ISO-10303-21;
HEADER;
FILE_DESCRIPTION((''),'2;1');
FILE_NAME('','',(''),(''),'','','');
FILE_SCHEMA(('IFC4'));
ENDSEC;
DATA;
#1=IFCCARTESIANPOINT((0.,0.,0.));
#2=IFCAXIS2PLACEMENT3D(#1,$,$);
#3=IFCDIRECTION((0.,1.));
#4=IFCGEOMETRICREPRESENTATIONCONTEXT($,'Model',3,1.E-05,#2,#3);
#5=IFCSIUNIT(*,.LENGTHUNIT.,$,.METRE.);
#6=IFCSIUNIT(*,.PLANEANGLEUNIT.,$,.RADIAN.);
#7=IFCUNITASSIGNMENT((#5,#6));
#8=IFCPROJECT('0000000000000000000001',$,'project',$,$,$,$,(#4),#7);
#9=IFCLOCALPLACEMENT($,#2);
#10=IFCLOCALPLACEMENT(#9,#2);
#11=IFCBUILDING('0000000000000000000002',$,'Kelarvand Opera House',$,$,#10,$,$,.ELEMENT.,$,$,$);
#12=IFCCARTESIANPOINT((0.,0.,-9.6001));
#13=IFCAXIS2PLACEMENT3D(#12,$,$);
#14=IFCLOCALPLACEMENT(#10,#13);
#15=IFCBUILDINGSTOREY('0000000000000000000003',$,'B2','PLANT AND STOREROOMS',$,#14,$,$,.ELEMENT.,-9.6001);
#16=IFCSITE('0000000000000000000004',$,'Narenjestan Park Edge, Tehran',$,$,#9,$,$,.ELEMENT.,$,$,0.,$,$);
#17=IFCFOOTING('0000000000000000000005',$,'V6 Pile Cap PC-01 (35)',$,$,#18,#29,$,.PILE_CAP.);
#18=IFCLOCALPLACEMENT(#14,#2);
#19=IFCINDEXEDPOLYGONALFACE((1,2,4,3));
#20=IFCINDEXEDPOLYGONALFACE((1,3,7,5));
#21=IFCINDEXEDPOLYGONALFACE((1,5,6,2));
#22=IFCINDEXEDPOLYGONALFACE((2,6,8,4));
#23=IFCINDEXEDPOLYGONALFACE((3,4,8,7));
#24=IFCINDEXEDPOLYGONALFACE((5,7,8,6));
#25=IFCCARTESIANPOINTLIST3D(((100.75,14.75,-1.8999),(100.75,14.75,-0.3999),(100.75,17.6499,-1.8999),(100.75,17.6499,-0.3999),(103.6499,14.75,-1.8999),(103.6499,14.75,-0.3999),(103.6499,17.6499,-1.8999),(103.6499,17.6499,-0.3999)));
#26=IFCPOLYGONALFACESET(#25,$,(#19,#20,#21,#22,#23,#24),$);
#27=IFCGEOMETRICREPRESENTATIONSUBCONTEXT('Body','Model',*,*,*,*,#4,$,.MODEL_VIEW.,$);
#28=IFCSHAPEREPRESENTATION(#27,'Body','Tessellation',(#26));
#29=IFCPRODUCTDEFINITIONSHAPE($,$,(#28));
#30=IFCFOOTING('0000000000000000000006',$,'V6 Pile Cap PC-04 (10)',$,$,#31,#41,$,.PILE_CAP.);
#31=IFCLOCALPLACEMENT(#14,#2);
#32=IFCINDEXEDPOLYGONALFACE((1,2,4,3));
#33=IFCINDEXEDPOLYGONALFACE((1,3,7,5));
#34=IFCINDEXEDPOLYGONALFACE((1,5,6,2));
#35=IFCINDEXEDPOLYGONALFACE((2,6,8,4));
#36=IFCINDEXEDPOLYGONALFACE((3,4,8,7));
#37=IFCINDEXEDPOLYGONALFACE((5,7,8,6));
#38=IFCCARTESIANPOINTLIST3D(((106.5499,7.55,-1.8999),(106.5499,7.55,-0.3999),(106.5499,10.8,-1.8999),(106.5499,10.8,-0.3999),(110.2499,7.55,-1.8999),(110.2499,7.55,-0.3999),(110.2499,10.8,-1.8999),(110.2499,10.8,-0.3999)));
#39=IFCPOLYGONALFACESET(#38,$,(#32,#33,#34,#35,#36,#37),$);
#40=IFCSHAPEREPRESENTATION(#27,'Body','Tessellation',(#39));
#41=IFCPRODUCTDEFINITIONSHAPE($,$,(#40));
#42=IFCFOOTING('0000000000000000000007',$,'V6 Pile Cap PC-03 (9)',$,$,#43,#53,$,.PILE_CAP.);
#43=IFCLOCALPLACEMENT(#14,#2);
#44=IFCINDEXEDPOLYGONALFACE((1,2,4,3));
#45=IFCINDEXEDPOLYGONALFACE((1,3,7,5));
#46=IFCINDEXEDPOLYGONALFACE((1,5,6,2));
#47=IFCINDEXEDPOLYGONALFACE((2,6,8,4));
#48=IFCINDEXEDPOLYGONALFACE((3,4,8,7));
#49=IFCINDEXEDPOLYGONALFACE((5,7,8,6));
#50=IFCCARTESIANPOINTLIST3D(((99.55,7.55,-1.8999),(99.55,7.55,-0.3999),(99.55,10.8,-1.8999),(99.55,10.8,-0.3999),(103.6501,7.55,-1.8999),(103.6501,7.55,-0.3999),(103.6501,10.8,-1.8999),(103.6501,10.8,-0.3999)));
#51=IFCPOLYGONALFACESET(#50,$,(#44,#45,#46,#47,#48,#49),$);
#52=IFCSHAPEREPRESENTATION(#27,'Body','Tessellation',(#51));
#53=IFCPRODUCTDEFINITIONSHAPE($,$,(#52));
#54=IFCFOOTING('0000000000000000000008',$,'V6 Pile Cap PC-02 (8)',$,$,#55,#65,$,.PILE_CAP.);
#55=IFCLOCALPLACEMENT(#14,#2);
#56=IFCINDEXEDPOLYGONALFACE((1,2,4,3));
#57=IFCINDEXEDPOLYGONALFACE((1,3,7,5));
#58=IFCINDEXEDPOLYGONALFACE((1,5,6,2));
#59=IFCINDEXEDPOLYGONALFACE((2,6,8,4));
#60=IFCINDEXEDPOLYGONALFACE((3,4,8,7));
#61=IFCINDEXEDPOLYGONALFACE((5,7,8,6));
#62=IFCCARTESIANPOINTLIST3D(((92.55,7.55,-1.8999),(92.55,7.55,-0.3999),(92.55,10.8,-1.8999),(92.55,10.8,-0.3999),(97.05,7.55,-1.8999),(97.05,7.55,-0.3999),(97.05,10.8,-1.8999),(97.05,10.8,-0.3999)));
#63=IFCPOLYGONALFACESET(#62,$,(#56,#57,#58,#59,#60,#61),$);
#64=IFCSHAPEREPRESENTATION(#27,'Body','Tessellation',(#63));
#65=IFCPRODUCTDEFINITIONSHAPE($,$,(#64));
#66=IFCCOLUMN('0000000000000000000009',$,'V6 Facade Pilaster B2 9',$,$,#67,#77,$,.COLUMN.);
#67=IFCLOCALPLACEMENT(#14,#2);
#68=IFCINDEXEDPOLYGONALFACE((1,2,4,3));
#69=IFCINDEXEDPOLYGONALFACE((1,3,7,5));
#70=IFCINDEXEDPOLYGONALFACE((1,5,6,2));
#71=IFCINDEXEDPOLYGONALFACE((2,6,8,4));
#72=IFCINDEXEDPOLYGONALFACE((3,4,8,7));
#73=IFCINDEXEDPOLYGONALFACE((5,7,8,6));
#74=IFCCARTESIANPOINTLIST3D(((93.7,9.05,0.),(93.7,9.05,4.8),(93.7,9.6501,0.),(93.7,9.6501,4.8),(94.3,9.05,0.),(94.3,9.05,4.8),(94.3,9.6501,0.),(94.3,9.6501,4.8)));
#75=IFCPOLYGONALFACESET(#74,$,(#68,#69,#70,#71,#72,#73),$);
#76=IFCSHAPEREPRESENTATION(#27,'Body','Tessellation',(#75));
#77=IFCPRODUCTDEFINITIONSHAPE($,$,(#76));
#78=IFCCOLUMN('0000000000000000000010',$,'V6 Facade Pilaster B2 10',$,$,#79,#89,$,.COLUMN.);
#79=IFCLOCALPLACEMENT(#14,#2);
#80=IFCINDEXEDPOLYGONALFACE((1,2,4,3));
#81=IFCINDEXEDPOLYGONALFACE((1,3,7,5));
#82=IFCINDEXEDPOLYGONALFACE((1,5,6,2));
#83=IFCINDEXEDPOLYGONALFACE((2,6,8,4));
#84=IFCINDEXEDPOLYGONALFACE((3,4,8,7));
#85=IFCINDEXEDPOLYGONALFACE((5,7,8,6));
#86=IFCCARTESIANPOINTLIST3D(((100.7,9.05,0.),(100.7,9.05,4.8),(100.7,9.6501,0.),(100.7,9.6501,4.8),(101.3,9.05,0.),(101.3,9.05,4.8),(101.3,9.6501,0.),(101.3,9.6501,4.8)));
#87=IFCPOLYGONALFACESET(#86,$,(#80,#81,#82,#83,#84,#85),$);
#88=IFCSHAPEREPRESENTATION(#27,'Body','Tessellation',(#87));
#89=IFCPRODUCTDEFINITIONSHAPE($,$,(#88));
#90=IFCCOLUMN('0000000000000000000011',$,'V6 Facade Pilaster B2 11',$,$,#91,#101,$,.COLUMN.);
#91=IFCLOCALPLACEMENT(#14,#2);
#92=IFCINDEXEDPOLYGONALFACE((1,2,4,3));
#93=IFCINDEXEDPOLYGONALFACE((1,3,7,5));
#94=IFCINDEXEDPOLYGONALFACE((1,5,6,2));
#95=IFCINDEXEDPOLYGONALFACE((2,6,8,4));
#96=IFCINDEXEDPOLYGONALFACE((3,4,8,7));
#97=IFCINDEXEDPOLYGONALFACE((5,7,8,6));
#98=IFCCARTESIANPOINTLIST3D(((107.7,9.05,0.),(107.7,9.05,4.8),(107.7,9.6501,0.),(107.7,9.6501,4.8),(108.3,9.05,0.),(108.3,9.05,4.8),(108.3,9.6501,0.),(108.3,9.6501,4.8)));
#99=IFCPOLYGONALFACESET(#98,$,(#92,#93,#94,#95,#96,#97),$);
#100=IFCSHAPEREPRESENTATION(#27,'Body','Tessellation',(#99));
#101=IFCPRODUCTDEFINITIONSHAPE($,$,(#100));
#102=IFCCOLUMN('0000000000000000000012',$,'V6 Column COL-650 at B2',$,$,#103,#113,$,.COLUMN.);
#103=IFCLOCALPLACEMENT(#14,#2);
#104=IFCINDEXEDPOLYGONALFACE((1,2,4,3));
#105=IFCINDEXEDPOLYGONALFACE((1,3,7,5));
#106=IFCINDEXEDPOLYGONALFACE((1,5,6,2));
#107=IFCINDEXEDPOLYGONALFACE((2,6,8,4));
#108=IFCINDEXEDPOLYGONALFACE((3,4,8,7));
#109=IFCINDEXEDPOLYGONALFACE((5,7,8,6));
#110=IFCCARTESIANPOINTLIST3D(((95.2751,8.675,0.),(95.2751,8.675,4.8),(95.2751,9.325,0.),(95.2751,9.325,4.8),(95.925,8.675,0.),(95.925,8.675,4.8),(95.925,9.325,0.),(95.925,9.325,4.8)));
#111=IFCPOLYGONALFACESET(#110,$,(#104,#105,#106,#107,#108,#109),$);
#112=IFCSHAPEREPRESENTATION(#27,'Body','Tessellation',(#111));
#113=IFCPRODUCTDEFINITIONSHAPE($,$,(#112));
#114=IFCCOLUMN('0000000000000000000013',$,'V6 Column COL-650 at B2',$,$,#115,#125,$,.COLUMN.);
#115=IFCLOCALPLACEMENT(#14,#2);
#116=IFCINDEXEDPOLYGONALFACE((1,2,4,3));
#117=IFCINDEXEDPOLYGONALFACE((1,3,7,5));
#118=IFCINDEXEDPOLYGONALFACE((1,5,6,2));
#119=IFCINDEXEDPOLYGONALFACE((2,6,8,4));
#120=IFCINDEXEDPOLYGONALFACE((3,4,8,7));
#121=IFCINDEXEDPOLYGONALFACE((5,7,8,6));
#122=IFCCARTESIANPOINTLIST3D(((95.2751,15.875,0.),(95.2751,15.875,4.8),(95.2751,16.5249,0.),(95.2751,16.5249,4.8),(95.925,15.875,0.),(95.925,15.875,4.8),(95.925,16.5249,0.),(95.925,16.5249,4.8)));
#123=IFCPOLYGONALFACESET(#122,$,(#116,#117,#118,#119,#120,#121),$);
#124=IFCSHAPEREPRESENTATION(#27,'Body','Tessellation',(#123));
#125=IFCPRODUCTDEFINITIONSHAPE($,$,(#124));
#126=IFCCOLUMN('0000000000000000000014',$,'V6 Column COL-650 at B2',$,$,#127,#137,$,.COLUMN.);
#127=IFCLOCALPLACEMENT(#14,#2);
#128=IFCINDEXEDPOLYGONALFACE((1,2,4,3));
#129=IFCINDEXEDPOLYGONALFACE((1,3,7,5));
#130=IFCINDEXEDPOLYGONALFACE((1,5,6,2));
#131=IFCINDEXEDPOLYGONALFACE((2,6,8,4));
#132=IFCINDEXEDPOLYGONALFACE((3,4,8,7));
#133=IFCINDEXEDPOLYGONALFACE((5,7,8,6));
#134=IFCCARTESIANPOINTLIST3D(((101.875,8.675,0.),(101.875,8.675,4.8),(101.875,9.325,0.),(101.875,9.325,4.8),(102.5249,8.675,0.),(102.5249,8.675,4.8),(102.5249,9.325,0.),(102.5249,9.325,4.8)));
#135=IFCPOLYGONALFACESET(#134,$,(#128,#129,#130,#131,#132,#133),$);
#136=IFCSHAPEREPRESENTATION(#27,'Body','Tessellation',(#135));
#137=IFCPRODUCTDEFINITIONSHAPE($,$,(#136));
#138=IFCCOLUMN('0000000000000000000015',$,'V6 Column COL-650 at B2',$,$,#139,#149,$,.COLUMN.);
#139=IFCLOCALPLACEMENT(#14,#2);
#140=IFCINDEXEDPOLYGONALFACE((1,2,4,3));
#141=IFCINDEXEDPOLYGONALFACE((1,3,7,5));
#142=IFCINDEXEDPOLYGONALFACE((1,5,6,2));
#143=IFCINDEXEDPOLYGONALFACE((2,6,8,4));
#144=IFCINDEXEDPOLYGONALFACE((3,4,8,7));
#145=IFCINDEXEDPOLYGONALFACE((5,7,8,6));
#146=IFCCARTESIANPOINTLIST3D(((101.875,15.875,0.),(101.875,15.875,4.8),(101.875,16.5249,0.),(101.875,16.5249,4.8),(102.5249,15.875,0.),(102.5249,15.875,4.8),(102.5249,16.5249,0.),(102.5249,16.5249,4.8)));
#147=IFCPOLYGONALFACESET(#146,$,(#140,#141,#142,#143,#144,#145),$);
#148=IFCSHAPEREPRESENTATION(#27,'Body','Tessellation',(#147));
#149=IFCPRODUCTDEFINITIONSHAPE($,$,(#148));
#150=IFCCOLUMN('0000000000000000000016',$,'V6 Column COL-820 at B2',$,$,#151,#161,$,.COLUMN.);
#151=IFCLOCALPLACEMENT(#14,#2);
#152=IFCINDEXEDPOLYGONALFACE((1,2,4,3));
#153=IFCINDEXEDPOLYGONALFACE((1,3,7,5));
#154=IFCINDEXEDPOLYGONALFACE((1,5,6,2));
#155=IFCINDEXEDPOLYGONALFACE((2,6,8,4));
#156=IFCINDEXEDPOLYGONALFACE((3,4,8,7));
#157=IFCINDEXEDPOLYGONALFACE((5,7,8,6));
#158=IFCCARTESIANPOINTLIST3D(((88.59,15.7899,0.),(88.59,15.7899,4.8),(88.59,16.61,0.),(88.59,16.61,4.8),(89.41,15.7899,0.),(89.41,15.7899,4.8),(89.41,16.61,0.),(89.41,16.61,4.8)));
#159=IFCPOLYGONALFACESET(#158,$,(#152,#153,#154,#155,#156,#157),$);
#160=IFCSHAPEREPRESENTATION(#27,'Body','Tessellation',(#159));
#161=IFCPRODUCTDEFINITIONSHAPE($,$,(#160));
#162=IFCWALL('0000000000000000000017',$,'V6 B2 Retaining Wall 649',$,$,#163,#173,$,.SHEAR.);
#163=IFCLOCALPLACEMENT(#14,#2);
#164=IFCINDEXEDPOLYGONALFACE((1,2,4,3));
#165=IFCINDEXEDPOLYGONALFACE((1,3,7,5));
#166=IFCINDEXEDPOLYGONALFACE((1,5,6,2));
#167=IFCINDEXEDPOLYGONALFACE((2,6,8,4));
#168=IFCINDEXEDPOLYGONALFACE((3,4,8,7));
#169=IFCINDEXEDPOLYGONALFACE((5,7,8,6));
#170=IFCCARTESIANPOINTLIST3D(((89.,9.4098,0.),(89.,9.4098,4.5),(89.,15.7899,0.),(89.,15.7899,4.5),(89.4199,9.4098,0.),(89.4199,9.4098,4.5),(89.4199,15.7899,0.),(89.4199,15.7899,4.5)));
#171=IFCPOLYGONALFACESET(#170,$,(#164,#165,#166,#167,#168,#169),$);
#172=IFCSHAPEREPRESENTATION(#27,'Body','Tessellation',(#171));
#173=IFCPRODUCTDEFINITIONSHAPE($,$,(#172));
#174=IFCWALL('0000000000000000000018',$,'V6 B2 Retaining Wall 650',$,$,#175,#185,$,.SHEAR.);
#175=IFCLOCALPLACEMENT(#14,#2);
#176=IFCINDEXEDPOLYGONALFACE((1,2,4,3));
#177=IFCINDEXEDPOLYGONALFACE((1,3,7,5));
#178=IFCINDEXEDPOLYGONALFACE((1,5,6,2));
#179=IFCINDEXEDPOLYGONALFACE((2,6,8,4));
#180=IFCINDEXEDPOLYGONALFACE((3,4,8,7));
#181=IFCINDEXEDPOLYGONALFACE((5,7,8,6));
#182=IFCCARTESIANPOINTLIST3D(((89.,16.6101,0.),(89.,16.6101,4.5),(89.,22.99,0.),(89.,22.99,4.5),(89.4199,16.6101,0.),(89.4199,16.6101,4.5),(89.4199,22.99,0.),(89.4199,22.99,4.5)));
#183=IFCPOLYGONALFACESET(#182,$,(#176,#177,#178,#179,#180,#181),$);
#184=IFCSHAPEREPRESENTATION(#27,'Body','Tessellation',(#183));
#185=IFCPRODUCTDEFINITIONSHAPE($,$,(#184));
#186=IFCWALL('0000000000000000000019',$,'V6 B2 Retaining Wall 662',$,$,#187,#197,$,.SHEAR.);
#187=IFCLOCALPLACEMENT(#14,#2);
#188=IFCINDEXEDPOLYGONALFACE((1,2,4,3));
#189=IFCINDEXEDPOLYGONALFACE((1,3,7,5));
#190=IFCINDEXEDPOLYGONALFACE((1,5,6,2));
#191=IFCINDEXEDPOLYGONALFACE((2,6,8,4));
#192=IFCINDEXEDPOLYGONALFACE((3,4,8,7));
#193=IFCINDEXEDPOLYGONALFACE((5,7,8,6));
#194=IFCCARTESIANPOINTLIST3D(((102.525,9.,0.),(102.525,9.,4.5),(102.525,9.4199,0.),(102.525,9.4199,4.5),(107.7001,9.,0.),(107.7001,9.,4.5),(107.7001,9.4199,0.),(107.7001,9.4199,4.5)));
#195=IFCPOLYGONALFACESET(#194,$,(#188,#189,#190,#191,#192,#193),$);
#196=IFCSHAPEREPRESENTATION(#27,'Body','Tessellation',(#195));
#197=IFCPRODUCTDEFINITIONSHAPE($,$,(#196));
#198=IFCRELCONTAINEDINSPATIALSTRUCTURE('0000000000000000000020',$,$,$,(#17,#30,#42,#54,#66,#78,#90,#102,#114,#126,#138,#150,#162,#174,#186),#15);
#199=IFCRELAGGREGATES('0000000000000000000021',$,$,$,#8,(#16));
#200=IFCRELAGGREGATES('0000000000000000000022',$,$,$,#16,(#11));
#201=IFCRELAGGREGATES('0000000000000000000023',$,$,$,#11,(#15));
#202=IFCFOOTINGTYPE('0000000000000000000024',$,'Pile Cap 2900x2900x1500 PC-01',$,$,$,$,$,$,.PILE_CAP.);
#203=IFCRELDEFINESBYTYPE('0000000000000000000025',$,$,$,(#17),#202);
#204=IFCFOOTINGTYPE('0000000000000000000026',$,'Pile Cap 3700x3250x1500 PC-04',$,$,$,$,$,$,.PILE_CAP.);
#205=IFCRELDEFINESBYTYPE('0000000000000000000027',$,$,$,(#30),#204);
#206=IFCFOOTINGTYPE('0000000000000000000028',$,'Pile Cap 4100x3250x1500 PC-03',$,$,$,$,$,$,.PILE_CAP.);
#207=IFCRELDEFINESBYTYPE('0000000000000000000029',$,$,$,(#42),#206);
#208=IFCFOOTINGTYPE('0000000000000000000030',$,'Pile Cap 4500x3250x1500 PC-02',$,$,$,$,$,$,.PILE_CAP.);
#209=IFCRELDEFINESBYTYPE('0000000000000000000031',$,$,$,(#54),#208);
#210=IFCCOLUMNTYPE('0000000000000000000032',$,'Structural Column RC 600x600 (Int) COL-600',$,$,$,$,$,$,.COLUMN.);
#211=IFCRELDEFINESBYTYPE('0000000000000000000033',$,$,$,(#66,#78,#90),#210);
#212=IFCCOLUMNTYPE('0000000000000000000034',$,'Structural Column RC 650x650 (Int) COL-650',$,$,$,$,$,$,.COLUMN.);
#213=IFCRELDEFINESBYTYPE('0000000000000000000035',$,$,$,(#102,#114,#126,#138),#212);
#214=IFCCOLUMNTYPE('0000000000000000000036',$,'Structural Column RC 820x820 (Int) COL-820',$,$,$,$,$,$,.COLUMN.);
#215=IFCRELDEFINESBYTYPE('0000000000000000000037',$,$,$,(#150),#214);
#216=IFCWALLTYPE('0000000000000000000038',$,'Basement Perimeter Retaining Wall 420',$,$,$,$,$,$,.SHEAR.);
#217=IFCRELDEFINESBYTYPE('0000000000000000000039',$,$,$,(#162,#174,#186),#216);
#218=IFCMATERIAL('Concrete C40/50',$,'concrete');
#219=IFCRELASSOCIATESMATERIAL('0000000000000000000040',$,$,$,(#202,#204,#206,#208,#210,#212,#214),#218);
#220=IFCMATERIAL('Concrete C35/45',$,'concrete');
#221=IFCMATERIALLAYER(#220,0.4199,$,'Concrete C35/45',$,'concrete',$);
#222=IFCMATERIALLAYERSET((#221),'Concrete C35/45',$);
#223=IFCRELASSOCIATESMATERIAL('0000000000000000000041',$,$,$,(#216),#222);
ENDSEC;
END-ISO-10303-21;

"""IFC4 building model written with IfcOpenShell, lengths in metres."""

from ifc_helpers import new_model, si_unit, direction, frame, frame_2d, origin, origin_2d, place, context, subcontext, project, spatial, rectangle, extrude, material, layer, layer_set, material_profile, profile_set, type_object, element, save


model = new_model("IFC4")

# Units and contexts
model_context = context("Model", 3, precision=1e-05, world=origin(), true_north=direction((0.0, 1.0)))
body_context = subcontext(model_context, "Body", "Model", "MODEL_VIEW")
ifc_project = project(units=[si_unit("LENGTHUNIT", "METRE"), si_unit("PLANEANGLEUNIT", "RADIAN")], contexts=[model_context])

# Site, building, storey
site_placement = place(None, origin())
site = spatial("IfcSite", under=ifc_project, at=site_placement, Name="Narenjestan Park Edge, Tehran", CompositionType="ELEMENT", RefElevation=0.0)
building_placement = place(site_placement, origin())
building = spatial("IfcBuilding", under=site, at=building_placement, Name="Kelarvand Opera House", CompositionType="ELEMENT")
storey_placement = place(building_placement, frame((0.0, 0.0, -9.6001)))
storey = spatial("IfcBuildingStorey", under=building, at=storey_placement, Name="B2", Description="PLANT AND STOREROOMS", CompositionType="ELEMENT", Elevation=-9.6001)

# Shared definitions
ifc_material_1 = material(Name="Concrete C40/50", Category="concrete")

# Footings
footing_type_1 = type_object("IfcFootingType", Name="Pile Cap 2900x2900x1500 PC-01", PredefinedType="PILE_CAP", material=ifc_material_1)
for number, where, z_axis, x_axis, name in (
    (1, (102.2, 16.2, -1.8999), (0.0, 0.0, 1.0), (1.0, 0.0, 0.0), "V6 Pile Cap PC-01 (35)"),
):
    element("IfcFooting", number, at=place(storey_placement, frame(where, z_axis=z_axis, x_axis=x_axis)), inside=storey, type_object=footing_type_1, Name=name, PredefinedType="PILE_CAP", context=body_context, shape_type="SweptSolid", body=[
        extrude(rectangle(XDim=2.8999, YDim=2.8999, at=origin_2d()), origin(), (0.0, 0.0, 1.0), 1.5),
    ])
footing_type_2 = type_object("IfcFootingType", Name="Pile Cap 3700x3250x1500 PC-04", PredefinedType="PILE_CAP", material=ifc_material_1)
footing_1_placement = place(storey_placement, frame((108.3999, 9.175, -1.8999), z_axis=(0.0, 0.0, 1.0), x_axis=(1.0, 0.0, 0.0)))
element("IfcFooting", 2, at=footing_1_placement, inside=storey, type_object=footing_type_2, Name="V6 Pile Cap PC-04 (10)", PredefinedType="PILE_CAP", context=body_context, shape_type="SweptSolid", body=[
    extrude(rectangle(XDim=3.7, YDim=3.25, at=origin_2d()), origin(), (0.0, 0.0, 1.0), 1.5),
])
footing_type_3 = type_object("IfcFootingType", Name="Pile Cap 4100x3250x1500 PC-03", PredefinedType="PILE_CAP", material=ifc_material_1)
footing_2_placement = place(storey_placement, frame((101.6001, 9.175, -1.8999), z_axis=(0.0, 0.0, 1.0), x_axis=(1.0, 0.0, 0.0)))
element("IfcFooting", 3, at=footing_2_placement, inside=storey, type_object=footing_type_3, Name="V6 Pile Cap PC-03 (9)", PredefinedType="PILE_CAP", context=body_context, shape_type="SweptSolid", body=[
    extrude(rectangle(XDim=4.1001, YDim=3.25, at=origin_2d()), origin(), (0.0, 0.0, 1.0), 1.5),
])
footing_type_4 = type_object("IfcFootingType", Name="Pile Cap 4500x3250x1500 PC-02", PredefinedType="PILE_CAP", material=ifc_material_1)
footing_3_placement = place(storey_placement, frame((94.8, 9.175, -1.8999), z_axis=(0.0, 0.0, 1.0), x_axis=(1.0, 0.0, 0.0)))
element("IfcFooting", 4, at=footing_3_placement, inside=storey, type_object=footing_type_4, Name="V6 Pile Cap PC-02 (8)", PredefinedType="PILE_CAP", context=body_context, shape_type="SweptSolid", body=[
    extrude(rectangle(XDim=4.5, YDim=3.25, at=origin_2d()), origin(), (0.0, 0.0, 1.0), 1.5),
])

# Columns
ifc_material_profile_1 = material_profile(ifc_material_1, rectangle(XDim=0.6001, YDim=0.6001, at=origin_2d()), Name="RC 600x600", Category="concrete")
ifc_profile_set_1 = profile_set([ifc_material_profile_1], Name="Concrete C40/50")
column_type_1 = type_object("IfcColumnType", Name="Structural Column RC 600x600 (Int) COL-600", PredefinedType="COLUMN", material=ifc_profile_set_1)
for number, where, z_axis, x_axis, name in (
    (5, (94.0, 9.3501, 0.0), (0.0, 0.0, 1.0), (1.0, 0.0, 0.0), "V6 Facade Pilaster B2 9"),
    (6, (101.0, 9.3501, 0.0), (0.0, 0.0, 1.0), (1.0, 0.0, 0.0), "V6 Facade Pilaster B2 10"),
    (7, (108.0, 9.3501, 0.0), (0.0, 0.0, 1.0), (1.0, 0.0, 0.0), "V6 Facade Pilaster B2 11"),
):
    element("IfcColumn", number, at=place(storey_placement, frame(where, z_axis=z_axis, x_axis=x_axis)), inside=storey, type_object=column_type_1, Name=name, PredefinedType="COLUMN", context=body_context, shape_type="SweptSolid", body=[
        extrude(rectangle(XDim=0.6001, YDim=0.6001, at=origin_2d()), origin(), (0.0, 0.0, 1.0), 4.8),
    ])
ifc_material_profile_2 = material_profile(ifc_material_1, rectangle(XDim=0.6499, YDim=0.6499, at=origin_2d()), Name="RC 650x650", Category="concrete")
ifc_profile_set_2 = profile_set([ifc_material_profile_2], Name="Concrete C40/50")
column_type_2 = type_object("IfcColumnType", Name="Structural Column RC 650x650 (Int) COL-650", PredefinedType="COLUMN", material=ifc_profile_set_2)
for number, where, z_axis, x_axis, name in (
    (8, (95.6001, 9.0, 0.0), (0.0, 0.0, 1.0), (1.0, 0.0, 0.0), "V6 Column COL-650 at B2"),
    (9, (95.6001, 16.2, 0.0), (0.0, 0.0, 1.0), (1.0, 0.0, 0.0), "V6 Column COL-650 at B2"),
    (10, (102.2, 9.0, 0.0), (0.0, 0.0, 1.0), (1.0, 0.0, 0.0), "V6 Column COL-650 at B2"),
    (11, (102.2, 16.2, 0.0), (0.0, 0.0, 1.0), (1.0, 0.0, 0.0), "V6 Column COL-650 at B2"),
):
    element("IfcColumn", number, at=place(storey_placement, frame(where, z_axis=z_axis, x_axis=x_axis)), inside=storey, type_object=column_type_2, Name=name, PredefinedType="COLUMN", context=body_context, shape_type="SweptSolid", body=[
        extrude(rectangle(XDim=0.6499, YDim=0.6499, at=origin_2d()), origin(), (0.0, 0.0, 1.0), 4.8),
    ])
ifc_material_profile_3 = material_profile(ifc_material_1, rectangle(XDim=0.8201, YDim=0.8201, at=origin_2d()), Name="RC 820x820", Category="concrete")
ifc_profile_set_3 = profile_set([ifc_material_profile_3], Name="Concrete C40/50")
column_type_3 = type_object("IfcColumnType", Name="Structural Column RC 820x820 (Int) COL-820", PredefinedType="COLUMN", material=ifc_profile_set_3)
column_placement = place(storey_placement, frame((89.0, 16.2, 0.0), z_axis=(0.0, 0.0, 1.0), x_axis=(1.0, 0.0, 0.0)))
element("IfcColumn", 12, at=column_placement, inside=storey, type_object=column_type_3, Name="V6 Column COL-820 at B2", PredefinedType="COLUMN", context=body_context, shape_type="SweptSolid", body=[
    extrude(rectangle(XDim=0.8201, YDim=0.8201, at=origin_2d()), origin(), (0.0, 0.0, 1.0), 4.8),
])

# Walls
ifc_material_2 = material(Name="Concrete C35/45", Category="concrete")
ifc_layer_1 = layer(ifc_material_2, 0.4199, Name="Concrete C35/45", Category="concrete")
ifc_layer_set_1 = layer_set([ifc_layer_1], Name="Concrete C35/45")
wall_type_1 = type_object("IfcWallType", Name="Basement Perimeter Retaining Wall 420", PredefinedType="SHEAR", material=ifc_layer_set_1)
wall_1_placement = place(storey_placement, frame((89.21, 9.4099, 0.0), z_axis=(0.0, 0.0, 1.0), x_axis=(0.0, 1.0, 0.0)))
element("IfcWall", 13, at=wall_1_placement, inside=storey, type_object=wall_type_1, Name="V6 B2 Retaining Wall 649", PredefinedType="SHEAR", context=body_context, shape_type="SweptSolid", body=[
    extrude(rectangle(XDim=6.3801, YDim=0.4199, at=frame_2d((3.1899, 0.0))), origin(), (0.0, 0.0, 1.0), 4.5),
])
wall_2_placement = place(storey_placement, frame((89.21, 16.6101, 0.0), z_axis=(0.0, 0.0, 1.0), x_axis=(0.0, 1.0, 0.0)))
element("IfcWall", 14, at=wall_2_placement, inside=storey, type_object=wall_type_1, Name="V6 B2 Retaining Wall 650", PredefinedType="SHEAR", context=body_context, shape_type="SweptSolid", body=[
    extrude(rectangle(XDim=6.3799, YDim=0.4199, at=frame_2d((3.1899, 0.0))), origin(), (0.0, 0.0, 1.0), 4.5),
])
wall_3_placement = place(storey_placement, frame((107.7, 9.21, 0.0), z_axis=(0.0, 0.0, 1.0), x_axis=(-1.0, 0.0, 0.0)))
element("IfcWall", 15, at=wall_3_placement, inside=storey, type_object=wall_type_1, Name="V6 B2 Retaining Wall 662", PredefinedType="SHEAR", context=body_context, shape_type="SweptSolid", body=[
    extrude(rectangle(XDim=5.175, YDim=0.4199, at=frame_2d((2.5874, 0.0))), origin(), (0.0, 0.0, 1.0), 4.5),
])

save(model, "model.ifc")
